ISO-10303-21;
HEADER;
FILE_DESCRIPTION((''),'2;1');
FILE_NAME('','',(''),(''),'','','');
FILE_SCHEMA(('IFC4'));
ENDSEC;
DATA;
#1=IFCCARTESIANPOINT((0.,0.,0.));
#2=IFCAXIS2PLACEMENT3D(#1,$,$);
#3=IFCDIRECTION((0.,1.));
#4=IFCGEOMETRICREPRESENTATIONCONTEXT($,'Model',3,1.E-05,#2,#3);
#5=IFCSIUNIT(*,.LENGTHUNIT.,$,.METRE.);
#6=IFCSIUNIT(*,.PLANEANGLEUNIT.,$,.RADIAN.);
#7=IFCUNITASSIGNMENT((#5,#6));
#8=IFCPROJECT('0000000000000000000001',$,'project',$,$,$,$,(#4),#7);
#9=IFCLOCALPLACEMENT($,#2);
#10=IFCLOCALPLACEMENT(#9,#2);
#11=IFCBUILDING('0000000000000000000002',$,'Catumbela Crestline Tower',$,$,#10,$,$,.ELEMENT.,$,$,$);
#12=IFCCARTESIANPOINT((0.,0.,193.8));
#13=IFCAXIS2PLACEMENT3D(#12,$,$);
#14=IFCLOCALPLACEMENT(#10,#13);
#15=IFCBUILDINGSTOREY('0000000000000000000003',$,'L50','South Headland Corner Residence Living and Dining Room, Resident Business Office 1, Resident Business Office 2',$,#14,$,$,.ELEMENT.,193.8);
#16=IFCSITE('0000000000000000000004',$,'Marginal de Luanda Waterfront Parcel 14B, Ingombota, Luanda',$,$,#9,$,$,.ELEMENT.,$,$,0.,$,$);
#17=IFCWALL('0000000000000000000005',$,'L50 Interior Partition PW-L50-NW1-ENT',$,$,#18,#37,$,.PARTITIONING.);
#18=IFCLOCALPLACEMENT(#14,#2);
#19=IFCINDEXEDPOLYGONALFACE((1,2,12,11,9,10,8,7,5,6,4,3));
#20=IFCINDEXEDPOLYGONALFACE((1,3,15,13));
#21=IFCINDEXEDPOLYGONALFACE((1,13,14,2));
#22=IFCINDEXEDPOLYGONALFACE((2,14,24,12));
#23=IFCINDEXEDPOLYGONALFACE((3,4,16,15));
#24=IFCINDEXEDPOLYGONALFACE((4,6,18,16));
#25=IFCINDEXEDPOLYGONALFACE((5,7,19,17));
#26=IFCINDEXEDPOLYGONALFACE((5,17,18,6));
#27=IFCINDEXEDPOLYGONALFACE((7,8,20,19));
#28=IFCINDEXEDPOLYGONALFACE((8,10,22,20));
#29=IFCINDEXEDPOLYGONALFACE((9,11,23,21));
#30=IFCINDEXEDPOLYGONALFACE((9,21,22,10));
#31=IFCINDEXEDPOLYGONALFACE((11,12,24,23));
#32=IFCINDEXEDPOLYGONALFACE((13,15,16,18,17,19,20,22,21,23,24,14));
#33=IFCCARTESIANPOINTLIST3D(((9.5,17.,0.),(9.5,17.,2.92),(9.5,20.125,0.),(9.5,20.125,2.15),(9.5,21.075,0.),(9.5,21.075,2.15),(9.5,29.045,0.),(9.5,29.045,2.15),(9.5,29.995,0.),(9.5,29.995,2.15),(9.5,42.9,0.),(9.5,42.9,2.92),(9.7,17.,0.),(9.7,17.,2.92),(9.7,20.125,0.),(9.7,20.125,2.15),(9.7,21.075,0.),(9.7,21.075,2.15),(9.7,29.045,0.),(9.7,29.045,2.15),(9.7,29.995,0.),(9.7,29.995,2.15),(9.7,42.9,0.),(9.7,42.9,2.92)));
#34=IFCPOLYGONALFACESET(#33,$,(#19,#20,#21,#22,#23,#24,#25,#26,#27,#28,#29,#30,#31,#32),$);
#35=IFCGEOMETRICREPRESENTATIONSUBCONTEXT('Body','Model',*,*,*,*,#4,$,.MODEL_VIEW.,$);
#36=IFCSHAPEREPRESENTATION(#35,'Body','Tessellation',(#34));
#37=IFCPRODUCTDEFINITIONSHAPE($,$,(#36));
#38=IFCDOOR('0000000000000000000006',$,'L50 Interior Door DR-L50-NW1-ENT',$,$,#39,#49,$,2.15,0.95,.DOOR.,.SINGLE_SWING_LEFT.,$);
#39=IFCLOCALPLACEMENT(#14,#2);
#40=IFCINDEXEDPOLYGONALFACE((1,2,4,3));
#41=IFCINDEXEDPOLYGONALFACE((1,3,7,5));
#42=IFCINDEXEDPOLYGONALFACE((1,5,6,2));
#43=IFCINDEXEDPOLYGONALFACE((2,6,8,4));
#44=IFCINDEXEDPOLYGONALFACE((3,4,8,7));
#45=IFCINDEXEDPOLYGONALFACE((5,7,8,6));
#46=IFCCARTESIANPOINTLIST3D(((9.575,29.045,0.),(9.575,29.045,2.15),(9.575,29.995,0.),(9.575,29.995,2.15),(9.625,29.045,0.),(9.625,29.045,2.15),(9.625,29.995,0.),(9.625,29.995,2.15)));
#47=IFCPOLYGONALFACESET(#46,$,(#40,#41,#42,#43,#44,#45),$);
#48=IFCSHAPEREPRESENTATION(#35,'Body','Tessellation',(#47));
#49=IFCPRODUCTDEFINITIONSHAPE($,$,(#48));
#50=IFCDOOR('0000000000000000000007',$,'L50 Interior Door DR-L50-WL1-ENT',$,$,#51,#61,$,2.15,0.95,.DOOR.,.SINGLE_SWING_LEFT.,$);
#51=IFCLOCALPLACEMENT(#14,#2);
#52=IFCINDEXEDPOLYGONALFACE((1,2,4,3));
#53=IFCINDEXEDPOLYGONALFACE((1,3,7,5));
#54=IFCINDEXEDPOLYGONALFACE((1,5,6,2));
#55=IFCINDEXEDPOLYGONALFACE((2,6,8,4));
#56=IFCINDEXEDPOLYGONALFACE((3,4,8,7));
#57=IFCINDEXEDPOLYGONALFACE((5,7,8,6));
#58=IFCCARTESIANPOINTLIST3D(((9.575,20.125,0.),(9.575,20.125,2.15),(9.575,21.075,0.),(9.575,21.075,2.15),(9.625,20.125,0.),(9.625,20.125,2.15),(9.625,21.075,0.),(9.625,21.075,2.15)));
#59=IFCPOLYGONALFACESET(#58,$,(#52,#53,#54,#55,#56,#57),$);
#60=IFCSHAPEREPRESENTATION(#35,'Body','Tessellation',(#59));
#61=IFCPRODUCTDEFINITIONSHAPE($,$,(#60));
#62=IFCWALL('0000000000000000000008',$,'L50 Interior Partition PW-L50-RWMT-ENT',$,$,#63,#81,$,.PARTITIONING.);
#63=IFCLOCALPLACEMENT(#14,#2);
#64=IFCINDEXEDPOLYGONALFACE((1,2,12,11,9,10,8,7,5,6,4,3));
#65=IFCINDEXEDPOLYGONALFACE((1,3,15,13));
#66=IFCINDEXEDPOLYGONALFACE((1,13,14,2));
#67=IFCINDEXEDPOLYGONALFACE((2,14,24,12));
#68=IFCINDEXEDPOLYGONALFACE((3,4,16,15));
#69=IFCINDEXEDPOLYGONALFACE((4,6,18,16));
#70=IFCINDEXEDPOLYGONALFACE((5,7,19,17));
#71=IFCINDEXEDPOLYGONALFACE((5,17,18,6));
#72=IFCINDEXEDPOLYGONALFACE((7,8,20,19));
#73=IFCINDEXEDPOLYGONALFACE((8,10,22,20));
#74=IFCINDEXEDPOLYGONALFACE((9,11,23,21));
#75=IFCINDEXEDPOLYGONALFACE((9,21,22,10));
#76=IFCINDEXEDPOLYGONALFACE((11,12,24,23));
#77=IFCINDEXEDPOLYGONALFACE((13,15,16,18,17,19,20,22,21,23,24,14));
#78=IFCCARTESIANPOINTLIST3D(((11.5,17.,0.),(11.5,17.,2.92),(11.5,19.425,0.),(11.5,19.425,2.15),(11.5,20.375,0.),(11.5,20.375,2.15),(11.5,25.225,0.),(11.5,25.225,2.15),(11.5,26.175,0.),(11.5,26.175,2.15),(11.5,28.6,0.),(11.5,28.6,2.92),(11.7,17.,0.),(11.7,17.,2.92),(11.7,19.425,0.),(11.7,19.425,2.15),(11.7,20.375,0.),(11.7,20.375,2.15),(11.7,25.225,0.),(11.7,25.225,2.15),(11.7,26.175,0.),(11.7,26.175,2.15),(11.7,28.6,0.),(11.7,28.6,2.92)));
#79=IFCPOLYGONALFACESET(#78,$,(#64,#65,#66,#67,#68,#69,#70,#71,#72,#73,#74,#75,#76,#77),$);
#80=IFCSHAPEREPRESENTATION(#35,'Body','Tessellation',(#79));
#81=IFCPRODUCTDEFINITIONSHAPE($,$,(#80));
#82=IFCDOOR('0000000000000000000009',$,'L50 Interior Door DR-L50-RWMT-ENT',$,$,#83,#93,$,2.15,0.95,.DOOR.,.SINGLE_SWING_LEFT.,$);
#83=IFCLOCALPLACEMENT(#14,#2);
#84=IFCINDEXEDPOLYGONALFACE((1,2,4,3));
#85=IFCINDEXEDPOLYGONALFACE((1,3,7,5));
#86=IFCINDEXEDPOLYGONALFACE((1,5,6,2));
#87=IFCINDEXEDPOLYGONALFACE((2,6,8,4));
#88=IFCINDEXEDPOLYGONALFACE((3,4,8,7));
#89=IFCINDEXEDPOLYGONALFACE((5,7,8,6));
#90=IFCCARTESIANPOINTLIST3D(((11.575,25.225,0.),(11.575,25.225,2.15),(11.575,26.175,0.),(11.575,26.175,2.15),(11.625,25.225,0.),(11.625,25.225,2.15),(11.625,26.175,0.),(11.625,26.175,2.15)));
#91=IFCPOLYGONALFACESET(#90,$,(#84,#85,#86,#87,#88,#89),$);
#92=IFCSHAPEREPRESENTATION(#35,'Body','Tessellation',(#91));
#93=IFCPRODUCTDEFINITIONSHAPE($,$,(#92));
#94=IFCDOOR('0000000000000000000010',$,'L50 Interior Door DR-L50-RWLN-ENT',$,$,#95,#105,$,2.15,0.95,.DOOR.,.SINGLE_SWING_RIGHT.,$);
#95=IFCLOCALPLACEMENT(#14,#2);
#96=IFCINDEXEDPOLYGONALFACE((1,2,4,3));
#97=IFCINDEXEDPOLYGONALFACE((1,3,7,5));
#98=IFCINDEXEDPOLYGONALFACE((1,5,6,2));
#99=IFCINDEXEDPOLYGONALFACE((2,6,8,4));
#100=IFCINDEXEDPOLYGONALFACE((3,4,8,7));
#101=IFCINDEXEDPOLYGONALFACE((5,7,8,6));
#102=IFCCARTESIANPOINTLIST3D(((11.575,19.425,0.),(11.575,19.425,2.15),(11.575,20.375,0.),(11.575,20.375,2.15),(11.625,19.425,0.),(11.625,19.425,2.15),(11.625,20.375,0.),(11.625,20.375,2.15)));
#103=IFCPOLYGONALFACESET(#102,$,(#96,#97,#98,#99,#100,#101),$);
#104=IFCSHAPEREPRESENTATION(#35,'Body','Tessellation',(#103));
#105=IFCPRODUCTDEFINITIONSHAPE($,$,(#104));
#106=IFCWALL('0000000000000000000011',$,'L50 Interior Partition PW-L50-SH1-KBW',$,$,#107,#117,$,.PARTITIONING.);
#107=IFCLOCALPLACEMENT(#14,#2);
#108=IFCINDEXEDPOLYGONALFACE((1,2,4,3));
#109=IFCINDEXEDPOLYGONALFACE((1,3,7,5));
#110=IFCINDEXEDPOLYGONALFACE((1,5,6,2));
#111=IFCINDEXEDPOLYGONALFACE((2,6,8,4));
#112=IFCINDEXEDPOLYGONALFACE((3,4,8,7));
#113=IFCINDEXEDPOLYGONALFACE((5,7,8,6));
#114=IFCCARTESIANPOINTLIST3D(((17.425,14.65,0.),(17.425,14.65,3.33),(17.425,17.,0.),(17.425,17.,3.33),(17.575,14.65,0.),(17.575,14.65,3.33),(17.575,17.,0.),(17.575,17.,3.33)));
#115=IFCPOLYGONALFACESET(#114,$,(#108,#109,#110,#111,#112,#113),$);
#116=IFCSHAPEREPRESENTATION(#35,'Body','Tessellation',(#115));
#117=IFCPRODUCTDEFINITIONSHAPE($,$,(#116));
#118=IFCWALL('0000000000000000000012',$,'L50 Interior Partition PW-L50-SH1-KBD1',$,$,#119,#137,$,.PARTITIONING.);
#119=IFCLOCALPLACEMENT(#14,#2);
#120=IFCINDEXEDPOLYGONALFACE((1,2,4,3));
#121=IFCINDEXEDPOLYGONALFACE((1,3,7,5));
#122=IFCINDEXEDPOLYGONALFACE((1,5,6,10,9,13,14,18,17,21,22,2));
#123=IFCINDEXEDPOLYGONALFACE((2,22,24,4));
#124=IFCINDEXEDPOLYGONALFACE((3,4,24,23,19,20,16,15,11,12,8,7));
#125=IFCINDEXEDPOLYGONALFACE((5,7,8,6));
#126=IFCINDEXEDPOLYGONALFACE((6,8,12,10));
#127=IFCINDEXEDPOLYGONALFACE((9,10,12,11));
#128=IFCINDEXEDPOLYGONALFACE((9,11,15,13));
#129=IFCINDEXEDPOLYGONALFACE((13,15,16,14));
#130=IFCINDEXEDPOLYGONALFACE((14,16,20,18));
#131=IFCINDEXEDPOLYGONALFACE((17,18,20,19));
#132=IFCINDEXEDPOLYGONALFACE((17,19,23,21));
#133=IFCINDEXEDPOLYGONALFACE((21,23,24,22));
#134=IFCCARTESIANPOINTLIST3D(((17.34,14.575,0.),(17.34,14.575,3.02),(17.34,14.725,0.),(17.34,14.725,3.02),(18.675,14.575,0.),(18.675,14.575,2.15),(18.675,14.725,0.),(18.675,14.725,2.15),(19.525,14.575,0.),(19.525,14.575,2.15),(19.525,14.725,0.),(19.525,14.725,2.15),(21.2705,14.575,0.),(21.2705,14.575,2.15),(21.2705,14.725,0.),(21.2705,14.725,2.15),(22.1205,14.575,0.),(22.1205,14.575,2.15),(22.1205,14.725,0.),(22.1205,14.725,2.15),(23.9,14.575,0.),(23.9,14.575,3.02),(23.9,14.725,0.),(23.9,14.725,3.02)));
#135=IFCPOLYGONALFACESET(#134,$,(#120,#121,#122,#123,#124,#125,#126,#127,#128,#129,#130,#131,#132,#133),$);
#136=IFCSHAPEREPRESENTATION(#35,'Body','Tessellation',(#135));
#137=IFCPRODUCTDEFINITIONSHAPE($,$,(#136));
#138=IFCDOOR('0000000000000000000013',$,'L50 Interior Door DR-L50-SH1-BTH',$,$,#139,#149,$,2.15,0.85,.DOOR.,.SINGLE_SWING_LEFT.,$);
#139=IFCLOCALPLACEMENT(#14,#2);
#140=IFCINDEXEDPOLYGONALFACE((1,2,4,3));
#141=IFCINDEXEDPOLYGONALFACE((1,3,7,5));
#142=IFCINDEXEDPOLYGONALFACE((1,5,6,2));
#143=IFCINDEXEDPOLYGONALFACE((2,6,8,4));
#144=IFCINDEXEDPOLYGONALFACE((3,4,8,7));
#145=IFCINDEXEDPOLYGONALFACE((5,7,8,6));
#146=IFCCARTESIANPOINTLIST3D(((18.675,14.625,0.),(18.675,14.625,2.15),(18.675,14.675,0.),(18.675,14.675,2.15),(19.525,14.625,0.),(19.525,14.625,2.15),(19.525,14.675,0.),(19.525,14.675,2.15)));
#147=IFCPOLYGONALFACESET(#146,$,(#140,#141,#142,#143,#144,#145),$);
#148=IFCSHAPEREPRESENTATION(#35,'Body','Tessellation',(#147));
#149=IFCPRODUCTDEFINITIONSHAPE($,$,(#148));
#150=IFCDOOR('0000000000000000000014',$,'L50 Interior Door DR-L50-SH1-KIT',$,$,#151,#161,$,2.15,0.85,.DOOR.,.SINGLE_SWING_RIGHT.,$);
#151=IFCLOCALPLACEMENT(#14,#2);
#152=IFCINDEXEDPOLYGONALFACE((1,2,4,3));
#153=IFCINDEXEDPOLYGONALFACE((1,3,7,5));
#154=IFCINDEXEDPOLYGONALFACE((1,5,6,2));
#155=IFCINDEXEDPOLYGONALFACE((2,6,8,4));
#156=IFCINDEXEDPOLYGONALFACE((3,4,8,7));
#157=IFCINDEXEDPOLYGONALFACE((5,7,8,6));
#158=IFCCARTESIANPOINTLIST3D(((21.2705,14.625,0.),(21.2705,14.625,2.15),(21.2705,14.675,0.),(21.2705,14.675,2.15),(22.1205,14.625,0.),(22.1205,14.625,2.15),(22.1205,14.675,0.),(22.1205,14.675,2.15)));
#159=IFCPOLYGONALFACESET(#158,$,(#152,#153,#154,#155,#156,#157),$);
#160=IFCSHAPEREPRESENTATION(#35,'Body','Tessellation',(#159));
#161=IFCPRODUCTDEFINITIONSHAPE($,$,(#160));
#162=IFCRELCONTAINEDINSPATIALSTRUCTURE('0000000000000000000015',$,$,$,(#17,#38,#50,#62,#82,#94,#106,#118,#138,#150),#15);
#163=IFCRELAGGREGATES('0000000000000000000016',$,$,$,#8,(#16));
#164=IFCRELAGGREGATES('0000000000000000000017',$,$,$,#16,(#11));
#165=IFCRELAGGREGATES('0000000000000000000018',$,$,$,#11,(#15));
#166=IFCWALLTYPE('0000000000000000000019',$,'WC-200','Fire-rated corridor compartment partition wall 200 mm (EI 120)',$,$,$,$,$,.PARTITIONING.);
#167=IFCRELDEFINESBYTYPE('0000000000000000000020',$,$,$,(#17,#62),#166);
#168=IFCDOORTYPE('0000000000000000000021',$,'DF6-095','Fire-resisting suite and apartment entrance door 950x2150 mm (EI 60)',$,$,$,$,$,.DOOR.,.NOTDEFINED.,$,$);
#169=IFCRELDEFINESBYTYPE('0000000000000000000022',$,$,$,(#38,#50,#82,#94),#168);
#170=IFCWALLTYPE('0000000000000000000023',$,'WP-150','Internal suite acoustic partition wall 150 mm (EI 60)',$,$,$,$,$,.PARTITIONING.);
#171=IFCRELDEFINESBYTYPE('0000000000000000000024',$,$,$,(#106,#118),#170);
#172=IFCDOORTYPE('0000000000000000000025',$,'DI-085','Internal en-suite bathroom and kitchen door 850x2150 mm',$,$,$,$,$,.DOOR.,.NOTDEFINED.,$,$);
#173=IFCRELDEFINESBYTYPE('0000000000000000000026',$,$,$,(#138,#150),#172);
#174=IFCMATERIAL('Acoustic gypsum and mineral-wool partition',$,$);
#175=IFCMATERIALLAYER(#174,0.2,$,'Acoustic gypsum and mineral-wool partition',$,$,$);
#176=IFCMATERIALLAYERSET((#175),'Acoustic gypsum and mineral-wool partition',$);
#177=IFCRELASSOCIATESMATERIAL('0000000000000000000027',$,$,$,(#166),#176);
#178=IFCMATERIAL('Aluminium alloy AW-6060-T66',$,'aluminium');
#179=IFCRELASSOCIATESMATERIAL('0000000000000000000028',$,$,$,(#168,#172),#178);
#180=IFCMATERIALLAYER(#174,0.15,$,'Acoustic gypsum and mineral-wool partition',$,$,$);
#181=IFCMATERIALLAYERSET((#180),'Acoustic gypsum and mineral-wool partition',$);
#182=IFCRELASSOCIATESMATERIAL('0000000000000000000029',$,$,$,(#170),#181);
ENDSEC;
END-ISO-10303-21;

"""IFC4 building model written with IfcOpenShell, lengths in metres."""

from ifc_helpers import new_model, si_unit, direction, frame, frame_2d, origin, place, context, subcontext, project, spatial, rectangle, extrude, material, layer, layer_set, type_object, element, fill, save


model = new_model("IFC4")

# Units and contexts
model_context = context("Model", 3, precision=1e-05, world=origin(), true_north=direction((0.0, 1.0)))
body_context = subcontext(model_context, "Body", "Model", "MODEL_VIEW")
ifc_project = project(units=[si_unit("LENGTHUNIT", "METRE"), si_unit("PLANEANGLEUNIT", "RADIAN")], contexts=[model_context])

# Site, building, storey
site_placement = place(None, origin())
site = spatial("IfcSite", under=ifc_project, at=site_placement, Name="Marginal de Luanda Waterfront Parcel 14B, Ingombota, Luanda", CompositionType="ELEMENT", RefElevation=0.0)
building_placement = place(site_placement, origin())
building = spatial("IfcBuilding", under=site, at=building_placement, Name="Catumbela Crestline Tower", CompositionType="ELEMENT")
storey_placement = place(building_placement, frame((0.0, 0.0, 193.8)))
storey = spatial("IfcBuildingStorey", under=building, at=storey_placement, Name="L50", Description="South Headland Corner Residence Living and Dining Room, Resident Business Office 1, Resident Business Office 2", CompositionType="ELEMENT", Elevation=193.8)

# Walls, openings, doors
ifc_material_1 = material(Name="Acoustic gypsum and mineral-wool partition")
ifc_layer_1 = layer(ifc_material_1, 0.2, Name="Acoustic gypsum and mineral-wool partition")
ifc_layer_set_1 = layer_set([ifc_layer_1], Name="Acoustic gypsum and mineral-wool partition")
wall_type_1 = type_object("IfcWallType", Name="WC-200", Description="Fire-rated corridor compartment partition wall 200 mm (EI 120)", PredefinedType="PARTITIONING", material=ifc_layer_set_1)
wall_1_placement = place(storey_placement, frame((9.6, 17.0, 0.0), z_axis=(0.0, 0.0, 1.0), x_axis=(0.0, 1.0, 0.0)))
wall_1 = element("IfcWall", 1, at=wall_1_placement, inside=storey, type_object=wall_type_1, Name="L50 Interior Partition PW-L50-NW1-ENT", PredefinedType="PARTITIONING", context=body_context, shape_type="SweptSolid", body=[
    extrude(rectangle(XDim=25.9, YDim=0.2, at=frame_2d((12.95, 0.0))), origin(), (0.0, 0.0, 1.0), 2.92),
])
opening_1_placement = place(wall_1_placement, frame((12.045, 0.0, 0.0)))
opening_1 = element("IfcOpeningElement", 2, at=opening_1_placement, cuts=wall_1, PredefinedType="OPENING", context=body_context, shape_type="SweptSolid", body=[
    extrude(rectangle(XDim=0.95, YDim=2.15, at=frame_2d((0.475, 1.075))), frame((0.0, 0.11, 0.0), z_axis=(0.0, -1.0, 0.0), x_axis=(1.0, 0.0, 0.0)), (0.0, 0.0, 1.0), 0.22),
])
opening_2_placement = place(wall_1_placement, frame((3.125, 0.0, 0.0)))
opening_2 = element("IfcOpeningElement", 3, at=opening_2_placement, cuts=wall_1, PredefinedType="OPENING", context=body_context, shape_type="SweptSolid", body=[
    extrude(rectangle(XDim=0.95, YDim=2.15, at=frame_2d((0.475, 1.075))), frame((0.0, 0.11, 0.0), z_axis=(0.0, -1.0, 0.0), x_axis=(1.0, 0.0, 0.0)), (0.0, 0.0, 1.0), 0.22),
])
ifc_material_2 = material(Name="Aluminium alloy AW-6060-T66", Category="aluminium")
door_type_1 = type_object("IfcDoorType", Name="DF6-095", Description="Fire-resisting suite and apartment entrance door 950x2150 mm (EI 60)", OperationType="NOTDEFINED", PredefinedType="DOOR", material=ifc_material_2)
door_1_placement = place(opening_1_placement, origin())
door_1 = element("IfcDoor", 4, at=door_1_placement, inside=storey, type_object=door_type_1, Name="L50 Interior Door DR-L50-NW1-ENT", OperationType="SINGLE_SWING_LEFT", OverallHeight=2.15, OverallWidth=0.95, PredefinedType="DOOR", context=body_context, shape_type="SweptSolid", body=[
    extrude(rectangle(XDim=0.95, YDim=2.15, at=frame_2d((0.475, 1.075))), frame((0.0, 0.025, 0.0), z_axis=(0.0, -1.0, 0.0), x_axis=(1.0, 0.0, 0.0)), (0.0, 0.0, 1.0), 0.05),
])
fill(opening_1, door_1)
door_2_placement = place(opening_2_placement, origin())
door_2 = element("IfcDoor", 5, at=door_2_placement, inside=storey, type_object=door_type_1, Name="L50 Interior Door DR-L50-WL1-ENT", OperationType="SINGLE_SWING_LEFT", OverallHeight=2.15, OverallWidth=0.95, PredefinedType="DOOR", context=body_context, shape_type="SweptSolid", body=[
    extrude(rectangle(XDim=0.95, YDim=2.15, at=frame_2d((0.475, 1.075))), frame((0.0, 0.025, 0.0), z_axis=(0.0, -1.0, 0.0), x_axis=(1.0, 0.0, 0.0)), (0.0, 0.0, 1.0), 0.05),
])
fill(opening_2, door_2)
wall_2_placement = place(storey_placement, frame((11.6, 17.0, 0.0), z_axis=(0.0, 0.0, 1.0), x_axis=(0.0, 1.0, 0.0)))
wall_2 = element("IfcWall", 6, at=wall_2_placement, inside=storey, type_object=wall_type_1, Name="L50 Interior Partition PW-L50-RWMT-ENT", PredefinedType="PARTITIONING", context=body_context, shape_type="SweptSolid", body=[
    extrude(rectangle(XDim=11.6, YDim=0.2, at=frame_2d((5.8, 0.0))), origin(), (0.0, 0.0, 1.0), 2.92),
])
opening_3_placement = place(wall_2_placement, frame((8.225, 0.0, 0.0)))
opening_3 = element("IfcOpeningElement", 7, at=opening_3_placement, cuts=wall_2, PredefinedType="OPENING", context=body_context, shape_type="SweptSolid", body=[
    extrude(rectangle(XDim=0.95, YDim=2.15, at=frame_2d((0.475, 1.075))), frame((0.0, 0.11, 0.0), z_axis=(0.0, -1.0, 0.0), x_axis=(1.0, 0.0, 0.0)), (0.0, 0.0, 1.0), 0.22),
])
opening_4_placement = place(wall_2_placement, frame((2.425, 0.0, 0.0)))
opening_4 = element("IfcOpeningElement", 8, at=opening_4_placement, cuts=wall_2, PredefinedType="OPENING", context=body_context, shape_type="SweptSolid", body=[
    extrude(rectangle(XDim=0.95, YDim=2.15, at=frame_2d((0.475, 1.075))), frame((0.0, 0.11, 0.0), z_axis=(0.0, -1.0, 0.0), x_axis=(1.0, 0.0, 0.0)), (0.0, 0.0, 1.0), 0.22),
])
door_3_placement = place(opening_3_placement, origin())
door_3 = element("IfcDoor", 9, at=door_3_placement, inside=storey, type_object=door_type_1, Name="L50 Interior Door DR-L50-RWMT-ENT", OperationType="SINGLE_SWING_LEFT", OverallHeight=2.15, OverallWidth=0.95, PredefinedType="DOOR", context=body_context, shape_type="SweptSolid", body=[
    extrude(rectangle(XDim=0.95, YDim=2.15, at=frame_2d((0.475, 1.075))), frame((0.0, 0.025, 0.0), z_axis=(0.0, -1.0, 0.0), x_axis=(1.0, 0.0, 0.0)), (0.0, 0.0, 1.0), 0.05),
])
fill(opening_3, door_3)
door_4_placement = place(opening_4_placement, origin())
door_4 = element("IfcDoor", 10, at=door_4_placement, inside=storey, type_object=door_type_1, Name="L50 Interior Door DR-L50-RWLN-ENT", OperationType="SINGLE_SWING_RIGHT", OverallHeight=2.15, OverallWidth=0.95, PredefinedType="DOOR", context=body_context, shape_type="SweptSolid", body=[
    extrude(rectangle(XDim=0.95, YDim=2.15, at=frame_2d((0.475, 1.075))), frame((0.0, 0.025, 0.0), z_axis=(0.0, -1.0, 0.0), x_axis=(1.0, 0.0, 0.0)), (0.0, 0.0, 1.0), 0.05),
])
fill(opening_4, door_4)

# Wall
ifc_layer_2 = layer(ifc_material_1, 0.15, Name="Acoustic gypsum and mineral-wool partition")
ifc_layer_set_2 = layer_set([ifc_layer_2], Name="Acoustic gypsum and mineral-wool partition")
wall_type_2 = type_object("IfcWallType", Name="WP-150", Description="Internal suite acoustic partition wall 150 mm (EI 60)", PredefinedType="PARTITIONING", material=ifc_layer_set_2)
wall_3_placement = place(storey_placement, frame((17.5, 14.65, 0.0), z_axis=(0.0, 0.0, 1.0), x_axis=(0.0, 1.0, 0.0)))
element("IfcWall", 11, at=wall_3_placement, inside=storey, type_object=wall_type_2, Name="L50 Interior Partition PW-L50-SH1-KBW", PredefinedType="PARTITIONING", context=body_context, shape_type="SweptSolid", body=[
    extrude(rectangle(XDim=2.35, YDim=0.15, at=frame_2d((1.175, 0.0))), origin(), (0.0, 0.0, 1.0), 3.33),
])

# Wall, openings, doors
wall_4_placement = place(storey_placement, frame((17.34, 14.65, 0.0), z_axis=(0.0, 0.0, 1.0), x_axis=(1.0, 0.0, 0.0)))
wall_4 = element("IfcWall", 12, at=wall_4_placement, inside=storey, type_object=wall_type_2, Name="L50 Interior Partition PW-L50-SH1-KBD1", PredefinedType="PARTITIONING", context=body_context, shape_type="SweptSolid", body=[
    extrude(rectangle(XDim=6.56, YDim=0.15, at=frame_2d((3.28, 0.0))), origin(), (0.0, 0.0, 1.0), 3.02),
])
opening_5_placement = place(wall_4_placement, frame((1.335, 0.0, 0.0)))
opening_5 = element("IfcOpeningElement", 13, at=opening_5_placement, cuts=wall_4, PredefinedType="OPENING", context=body_context, shape_type="SweptSolid", body=[
    extrude(rectangle(XDim=0.85, YDim=2.15, at=frame_2d((0.425, 1.075))), frame((0.0, 0.085, 0.0), z_axis=(0.0, -1.0, 0.0), x_axis=(1.0, 0.0, 0.0)), (0.0, 0.0, 1.0), 0.17),
])
opening_6_placement = place(wall_4_placement, frame((3.9305, 0.0, 0.0)))
opening_6 = element("IfcOpeningElement", 14, at=opening_6_placement, cuts=wall_4, PredefinedType="OPENING", context=body_context, shape_type="SweptSolid", body=[
    extrude(rectangle(XDim=0.85, YDim=2.15, at=frame_2d((0.425, 1.075))), frame((0.0, 0.085, 0.0), z_axis=(0.0, -1.0, 0.0), x_axis=(1.0, 0.0, 0.0)), (0.0, 0.0, 1.0), 0.17),
])
door_type_2 = type_object("IfcDoorType", Name="DI-085", Description="Internal en-suite bathroom and kitchen door 850x2150 mm", OperationType="NOTDEFINED", PredefinedType="DOOR", material=ifc_material_2)
door_5_placement = place(opening_5_placement, origin())
door_5 = element("IfcDoor", 15, at=door_5_placement, inside=storey, type_object=door_type_2, Name="L50 Interior Door DR-L50-SH1-BTH", OperationType="SINGLE_SWING_LEFT", OverallHeight=2.15, OverallWidth=0.85, PredefinedType="DOOR", context=body_context, shape_type="SweptSolid", body=[
    extrude(rectangle(XDim=0.85, YDim=2.15, at=frame_2d((0.425, 1.075))), frame((0.0, 0.025, 0.0), z_axis=(0.0, -1.0, 0.0), x_axis=(1.0, 0.0, 0.0)), (0.0, 0.0, 1.0), 0.05),
])
fill(opening_5, door_5)
door_6_placement = place(opening_6_placement, origin())
door_6 = element("IfcDoor", 16, at=door_6_placement, inside=storey, type_object=door_type_2, Name="L50 Interior Door DR-L50-SH1-KIT", OperationType="SINGLE_SWING_RIGHT", OverallHeight=2.15, OverallWidth=0.85, PredefinedType="DOOR", context=body_context, shape_type="SweptSolid", body=[
    extrude(rectangle(XDim=0.85, YDim=2.15, at=frame_2d((0.425, 1.075))), frame((0.0, 0.025, 0.0), z_axis=(0.0, -1.0, 0.0), x_axis=(1.0, 0.0, 0.0)), (0.0, 0.0, 1.0), 0.05),
])
fill(opening_6, door_6)

save(model, "model.ifc")
